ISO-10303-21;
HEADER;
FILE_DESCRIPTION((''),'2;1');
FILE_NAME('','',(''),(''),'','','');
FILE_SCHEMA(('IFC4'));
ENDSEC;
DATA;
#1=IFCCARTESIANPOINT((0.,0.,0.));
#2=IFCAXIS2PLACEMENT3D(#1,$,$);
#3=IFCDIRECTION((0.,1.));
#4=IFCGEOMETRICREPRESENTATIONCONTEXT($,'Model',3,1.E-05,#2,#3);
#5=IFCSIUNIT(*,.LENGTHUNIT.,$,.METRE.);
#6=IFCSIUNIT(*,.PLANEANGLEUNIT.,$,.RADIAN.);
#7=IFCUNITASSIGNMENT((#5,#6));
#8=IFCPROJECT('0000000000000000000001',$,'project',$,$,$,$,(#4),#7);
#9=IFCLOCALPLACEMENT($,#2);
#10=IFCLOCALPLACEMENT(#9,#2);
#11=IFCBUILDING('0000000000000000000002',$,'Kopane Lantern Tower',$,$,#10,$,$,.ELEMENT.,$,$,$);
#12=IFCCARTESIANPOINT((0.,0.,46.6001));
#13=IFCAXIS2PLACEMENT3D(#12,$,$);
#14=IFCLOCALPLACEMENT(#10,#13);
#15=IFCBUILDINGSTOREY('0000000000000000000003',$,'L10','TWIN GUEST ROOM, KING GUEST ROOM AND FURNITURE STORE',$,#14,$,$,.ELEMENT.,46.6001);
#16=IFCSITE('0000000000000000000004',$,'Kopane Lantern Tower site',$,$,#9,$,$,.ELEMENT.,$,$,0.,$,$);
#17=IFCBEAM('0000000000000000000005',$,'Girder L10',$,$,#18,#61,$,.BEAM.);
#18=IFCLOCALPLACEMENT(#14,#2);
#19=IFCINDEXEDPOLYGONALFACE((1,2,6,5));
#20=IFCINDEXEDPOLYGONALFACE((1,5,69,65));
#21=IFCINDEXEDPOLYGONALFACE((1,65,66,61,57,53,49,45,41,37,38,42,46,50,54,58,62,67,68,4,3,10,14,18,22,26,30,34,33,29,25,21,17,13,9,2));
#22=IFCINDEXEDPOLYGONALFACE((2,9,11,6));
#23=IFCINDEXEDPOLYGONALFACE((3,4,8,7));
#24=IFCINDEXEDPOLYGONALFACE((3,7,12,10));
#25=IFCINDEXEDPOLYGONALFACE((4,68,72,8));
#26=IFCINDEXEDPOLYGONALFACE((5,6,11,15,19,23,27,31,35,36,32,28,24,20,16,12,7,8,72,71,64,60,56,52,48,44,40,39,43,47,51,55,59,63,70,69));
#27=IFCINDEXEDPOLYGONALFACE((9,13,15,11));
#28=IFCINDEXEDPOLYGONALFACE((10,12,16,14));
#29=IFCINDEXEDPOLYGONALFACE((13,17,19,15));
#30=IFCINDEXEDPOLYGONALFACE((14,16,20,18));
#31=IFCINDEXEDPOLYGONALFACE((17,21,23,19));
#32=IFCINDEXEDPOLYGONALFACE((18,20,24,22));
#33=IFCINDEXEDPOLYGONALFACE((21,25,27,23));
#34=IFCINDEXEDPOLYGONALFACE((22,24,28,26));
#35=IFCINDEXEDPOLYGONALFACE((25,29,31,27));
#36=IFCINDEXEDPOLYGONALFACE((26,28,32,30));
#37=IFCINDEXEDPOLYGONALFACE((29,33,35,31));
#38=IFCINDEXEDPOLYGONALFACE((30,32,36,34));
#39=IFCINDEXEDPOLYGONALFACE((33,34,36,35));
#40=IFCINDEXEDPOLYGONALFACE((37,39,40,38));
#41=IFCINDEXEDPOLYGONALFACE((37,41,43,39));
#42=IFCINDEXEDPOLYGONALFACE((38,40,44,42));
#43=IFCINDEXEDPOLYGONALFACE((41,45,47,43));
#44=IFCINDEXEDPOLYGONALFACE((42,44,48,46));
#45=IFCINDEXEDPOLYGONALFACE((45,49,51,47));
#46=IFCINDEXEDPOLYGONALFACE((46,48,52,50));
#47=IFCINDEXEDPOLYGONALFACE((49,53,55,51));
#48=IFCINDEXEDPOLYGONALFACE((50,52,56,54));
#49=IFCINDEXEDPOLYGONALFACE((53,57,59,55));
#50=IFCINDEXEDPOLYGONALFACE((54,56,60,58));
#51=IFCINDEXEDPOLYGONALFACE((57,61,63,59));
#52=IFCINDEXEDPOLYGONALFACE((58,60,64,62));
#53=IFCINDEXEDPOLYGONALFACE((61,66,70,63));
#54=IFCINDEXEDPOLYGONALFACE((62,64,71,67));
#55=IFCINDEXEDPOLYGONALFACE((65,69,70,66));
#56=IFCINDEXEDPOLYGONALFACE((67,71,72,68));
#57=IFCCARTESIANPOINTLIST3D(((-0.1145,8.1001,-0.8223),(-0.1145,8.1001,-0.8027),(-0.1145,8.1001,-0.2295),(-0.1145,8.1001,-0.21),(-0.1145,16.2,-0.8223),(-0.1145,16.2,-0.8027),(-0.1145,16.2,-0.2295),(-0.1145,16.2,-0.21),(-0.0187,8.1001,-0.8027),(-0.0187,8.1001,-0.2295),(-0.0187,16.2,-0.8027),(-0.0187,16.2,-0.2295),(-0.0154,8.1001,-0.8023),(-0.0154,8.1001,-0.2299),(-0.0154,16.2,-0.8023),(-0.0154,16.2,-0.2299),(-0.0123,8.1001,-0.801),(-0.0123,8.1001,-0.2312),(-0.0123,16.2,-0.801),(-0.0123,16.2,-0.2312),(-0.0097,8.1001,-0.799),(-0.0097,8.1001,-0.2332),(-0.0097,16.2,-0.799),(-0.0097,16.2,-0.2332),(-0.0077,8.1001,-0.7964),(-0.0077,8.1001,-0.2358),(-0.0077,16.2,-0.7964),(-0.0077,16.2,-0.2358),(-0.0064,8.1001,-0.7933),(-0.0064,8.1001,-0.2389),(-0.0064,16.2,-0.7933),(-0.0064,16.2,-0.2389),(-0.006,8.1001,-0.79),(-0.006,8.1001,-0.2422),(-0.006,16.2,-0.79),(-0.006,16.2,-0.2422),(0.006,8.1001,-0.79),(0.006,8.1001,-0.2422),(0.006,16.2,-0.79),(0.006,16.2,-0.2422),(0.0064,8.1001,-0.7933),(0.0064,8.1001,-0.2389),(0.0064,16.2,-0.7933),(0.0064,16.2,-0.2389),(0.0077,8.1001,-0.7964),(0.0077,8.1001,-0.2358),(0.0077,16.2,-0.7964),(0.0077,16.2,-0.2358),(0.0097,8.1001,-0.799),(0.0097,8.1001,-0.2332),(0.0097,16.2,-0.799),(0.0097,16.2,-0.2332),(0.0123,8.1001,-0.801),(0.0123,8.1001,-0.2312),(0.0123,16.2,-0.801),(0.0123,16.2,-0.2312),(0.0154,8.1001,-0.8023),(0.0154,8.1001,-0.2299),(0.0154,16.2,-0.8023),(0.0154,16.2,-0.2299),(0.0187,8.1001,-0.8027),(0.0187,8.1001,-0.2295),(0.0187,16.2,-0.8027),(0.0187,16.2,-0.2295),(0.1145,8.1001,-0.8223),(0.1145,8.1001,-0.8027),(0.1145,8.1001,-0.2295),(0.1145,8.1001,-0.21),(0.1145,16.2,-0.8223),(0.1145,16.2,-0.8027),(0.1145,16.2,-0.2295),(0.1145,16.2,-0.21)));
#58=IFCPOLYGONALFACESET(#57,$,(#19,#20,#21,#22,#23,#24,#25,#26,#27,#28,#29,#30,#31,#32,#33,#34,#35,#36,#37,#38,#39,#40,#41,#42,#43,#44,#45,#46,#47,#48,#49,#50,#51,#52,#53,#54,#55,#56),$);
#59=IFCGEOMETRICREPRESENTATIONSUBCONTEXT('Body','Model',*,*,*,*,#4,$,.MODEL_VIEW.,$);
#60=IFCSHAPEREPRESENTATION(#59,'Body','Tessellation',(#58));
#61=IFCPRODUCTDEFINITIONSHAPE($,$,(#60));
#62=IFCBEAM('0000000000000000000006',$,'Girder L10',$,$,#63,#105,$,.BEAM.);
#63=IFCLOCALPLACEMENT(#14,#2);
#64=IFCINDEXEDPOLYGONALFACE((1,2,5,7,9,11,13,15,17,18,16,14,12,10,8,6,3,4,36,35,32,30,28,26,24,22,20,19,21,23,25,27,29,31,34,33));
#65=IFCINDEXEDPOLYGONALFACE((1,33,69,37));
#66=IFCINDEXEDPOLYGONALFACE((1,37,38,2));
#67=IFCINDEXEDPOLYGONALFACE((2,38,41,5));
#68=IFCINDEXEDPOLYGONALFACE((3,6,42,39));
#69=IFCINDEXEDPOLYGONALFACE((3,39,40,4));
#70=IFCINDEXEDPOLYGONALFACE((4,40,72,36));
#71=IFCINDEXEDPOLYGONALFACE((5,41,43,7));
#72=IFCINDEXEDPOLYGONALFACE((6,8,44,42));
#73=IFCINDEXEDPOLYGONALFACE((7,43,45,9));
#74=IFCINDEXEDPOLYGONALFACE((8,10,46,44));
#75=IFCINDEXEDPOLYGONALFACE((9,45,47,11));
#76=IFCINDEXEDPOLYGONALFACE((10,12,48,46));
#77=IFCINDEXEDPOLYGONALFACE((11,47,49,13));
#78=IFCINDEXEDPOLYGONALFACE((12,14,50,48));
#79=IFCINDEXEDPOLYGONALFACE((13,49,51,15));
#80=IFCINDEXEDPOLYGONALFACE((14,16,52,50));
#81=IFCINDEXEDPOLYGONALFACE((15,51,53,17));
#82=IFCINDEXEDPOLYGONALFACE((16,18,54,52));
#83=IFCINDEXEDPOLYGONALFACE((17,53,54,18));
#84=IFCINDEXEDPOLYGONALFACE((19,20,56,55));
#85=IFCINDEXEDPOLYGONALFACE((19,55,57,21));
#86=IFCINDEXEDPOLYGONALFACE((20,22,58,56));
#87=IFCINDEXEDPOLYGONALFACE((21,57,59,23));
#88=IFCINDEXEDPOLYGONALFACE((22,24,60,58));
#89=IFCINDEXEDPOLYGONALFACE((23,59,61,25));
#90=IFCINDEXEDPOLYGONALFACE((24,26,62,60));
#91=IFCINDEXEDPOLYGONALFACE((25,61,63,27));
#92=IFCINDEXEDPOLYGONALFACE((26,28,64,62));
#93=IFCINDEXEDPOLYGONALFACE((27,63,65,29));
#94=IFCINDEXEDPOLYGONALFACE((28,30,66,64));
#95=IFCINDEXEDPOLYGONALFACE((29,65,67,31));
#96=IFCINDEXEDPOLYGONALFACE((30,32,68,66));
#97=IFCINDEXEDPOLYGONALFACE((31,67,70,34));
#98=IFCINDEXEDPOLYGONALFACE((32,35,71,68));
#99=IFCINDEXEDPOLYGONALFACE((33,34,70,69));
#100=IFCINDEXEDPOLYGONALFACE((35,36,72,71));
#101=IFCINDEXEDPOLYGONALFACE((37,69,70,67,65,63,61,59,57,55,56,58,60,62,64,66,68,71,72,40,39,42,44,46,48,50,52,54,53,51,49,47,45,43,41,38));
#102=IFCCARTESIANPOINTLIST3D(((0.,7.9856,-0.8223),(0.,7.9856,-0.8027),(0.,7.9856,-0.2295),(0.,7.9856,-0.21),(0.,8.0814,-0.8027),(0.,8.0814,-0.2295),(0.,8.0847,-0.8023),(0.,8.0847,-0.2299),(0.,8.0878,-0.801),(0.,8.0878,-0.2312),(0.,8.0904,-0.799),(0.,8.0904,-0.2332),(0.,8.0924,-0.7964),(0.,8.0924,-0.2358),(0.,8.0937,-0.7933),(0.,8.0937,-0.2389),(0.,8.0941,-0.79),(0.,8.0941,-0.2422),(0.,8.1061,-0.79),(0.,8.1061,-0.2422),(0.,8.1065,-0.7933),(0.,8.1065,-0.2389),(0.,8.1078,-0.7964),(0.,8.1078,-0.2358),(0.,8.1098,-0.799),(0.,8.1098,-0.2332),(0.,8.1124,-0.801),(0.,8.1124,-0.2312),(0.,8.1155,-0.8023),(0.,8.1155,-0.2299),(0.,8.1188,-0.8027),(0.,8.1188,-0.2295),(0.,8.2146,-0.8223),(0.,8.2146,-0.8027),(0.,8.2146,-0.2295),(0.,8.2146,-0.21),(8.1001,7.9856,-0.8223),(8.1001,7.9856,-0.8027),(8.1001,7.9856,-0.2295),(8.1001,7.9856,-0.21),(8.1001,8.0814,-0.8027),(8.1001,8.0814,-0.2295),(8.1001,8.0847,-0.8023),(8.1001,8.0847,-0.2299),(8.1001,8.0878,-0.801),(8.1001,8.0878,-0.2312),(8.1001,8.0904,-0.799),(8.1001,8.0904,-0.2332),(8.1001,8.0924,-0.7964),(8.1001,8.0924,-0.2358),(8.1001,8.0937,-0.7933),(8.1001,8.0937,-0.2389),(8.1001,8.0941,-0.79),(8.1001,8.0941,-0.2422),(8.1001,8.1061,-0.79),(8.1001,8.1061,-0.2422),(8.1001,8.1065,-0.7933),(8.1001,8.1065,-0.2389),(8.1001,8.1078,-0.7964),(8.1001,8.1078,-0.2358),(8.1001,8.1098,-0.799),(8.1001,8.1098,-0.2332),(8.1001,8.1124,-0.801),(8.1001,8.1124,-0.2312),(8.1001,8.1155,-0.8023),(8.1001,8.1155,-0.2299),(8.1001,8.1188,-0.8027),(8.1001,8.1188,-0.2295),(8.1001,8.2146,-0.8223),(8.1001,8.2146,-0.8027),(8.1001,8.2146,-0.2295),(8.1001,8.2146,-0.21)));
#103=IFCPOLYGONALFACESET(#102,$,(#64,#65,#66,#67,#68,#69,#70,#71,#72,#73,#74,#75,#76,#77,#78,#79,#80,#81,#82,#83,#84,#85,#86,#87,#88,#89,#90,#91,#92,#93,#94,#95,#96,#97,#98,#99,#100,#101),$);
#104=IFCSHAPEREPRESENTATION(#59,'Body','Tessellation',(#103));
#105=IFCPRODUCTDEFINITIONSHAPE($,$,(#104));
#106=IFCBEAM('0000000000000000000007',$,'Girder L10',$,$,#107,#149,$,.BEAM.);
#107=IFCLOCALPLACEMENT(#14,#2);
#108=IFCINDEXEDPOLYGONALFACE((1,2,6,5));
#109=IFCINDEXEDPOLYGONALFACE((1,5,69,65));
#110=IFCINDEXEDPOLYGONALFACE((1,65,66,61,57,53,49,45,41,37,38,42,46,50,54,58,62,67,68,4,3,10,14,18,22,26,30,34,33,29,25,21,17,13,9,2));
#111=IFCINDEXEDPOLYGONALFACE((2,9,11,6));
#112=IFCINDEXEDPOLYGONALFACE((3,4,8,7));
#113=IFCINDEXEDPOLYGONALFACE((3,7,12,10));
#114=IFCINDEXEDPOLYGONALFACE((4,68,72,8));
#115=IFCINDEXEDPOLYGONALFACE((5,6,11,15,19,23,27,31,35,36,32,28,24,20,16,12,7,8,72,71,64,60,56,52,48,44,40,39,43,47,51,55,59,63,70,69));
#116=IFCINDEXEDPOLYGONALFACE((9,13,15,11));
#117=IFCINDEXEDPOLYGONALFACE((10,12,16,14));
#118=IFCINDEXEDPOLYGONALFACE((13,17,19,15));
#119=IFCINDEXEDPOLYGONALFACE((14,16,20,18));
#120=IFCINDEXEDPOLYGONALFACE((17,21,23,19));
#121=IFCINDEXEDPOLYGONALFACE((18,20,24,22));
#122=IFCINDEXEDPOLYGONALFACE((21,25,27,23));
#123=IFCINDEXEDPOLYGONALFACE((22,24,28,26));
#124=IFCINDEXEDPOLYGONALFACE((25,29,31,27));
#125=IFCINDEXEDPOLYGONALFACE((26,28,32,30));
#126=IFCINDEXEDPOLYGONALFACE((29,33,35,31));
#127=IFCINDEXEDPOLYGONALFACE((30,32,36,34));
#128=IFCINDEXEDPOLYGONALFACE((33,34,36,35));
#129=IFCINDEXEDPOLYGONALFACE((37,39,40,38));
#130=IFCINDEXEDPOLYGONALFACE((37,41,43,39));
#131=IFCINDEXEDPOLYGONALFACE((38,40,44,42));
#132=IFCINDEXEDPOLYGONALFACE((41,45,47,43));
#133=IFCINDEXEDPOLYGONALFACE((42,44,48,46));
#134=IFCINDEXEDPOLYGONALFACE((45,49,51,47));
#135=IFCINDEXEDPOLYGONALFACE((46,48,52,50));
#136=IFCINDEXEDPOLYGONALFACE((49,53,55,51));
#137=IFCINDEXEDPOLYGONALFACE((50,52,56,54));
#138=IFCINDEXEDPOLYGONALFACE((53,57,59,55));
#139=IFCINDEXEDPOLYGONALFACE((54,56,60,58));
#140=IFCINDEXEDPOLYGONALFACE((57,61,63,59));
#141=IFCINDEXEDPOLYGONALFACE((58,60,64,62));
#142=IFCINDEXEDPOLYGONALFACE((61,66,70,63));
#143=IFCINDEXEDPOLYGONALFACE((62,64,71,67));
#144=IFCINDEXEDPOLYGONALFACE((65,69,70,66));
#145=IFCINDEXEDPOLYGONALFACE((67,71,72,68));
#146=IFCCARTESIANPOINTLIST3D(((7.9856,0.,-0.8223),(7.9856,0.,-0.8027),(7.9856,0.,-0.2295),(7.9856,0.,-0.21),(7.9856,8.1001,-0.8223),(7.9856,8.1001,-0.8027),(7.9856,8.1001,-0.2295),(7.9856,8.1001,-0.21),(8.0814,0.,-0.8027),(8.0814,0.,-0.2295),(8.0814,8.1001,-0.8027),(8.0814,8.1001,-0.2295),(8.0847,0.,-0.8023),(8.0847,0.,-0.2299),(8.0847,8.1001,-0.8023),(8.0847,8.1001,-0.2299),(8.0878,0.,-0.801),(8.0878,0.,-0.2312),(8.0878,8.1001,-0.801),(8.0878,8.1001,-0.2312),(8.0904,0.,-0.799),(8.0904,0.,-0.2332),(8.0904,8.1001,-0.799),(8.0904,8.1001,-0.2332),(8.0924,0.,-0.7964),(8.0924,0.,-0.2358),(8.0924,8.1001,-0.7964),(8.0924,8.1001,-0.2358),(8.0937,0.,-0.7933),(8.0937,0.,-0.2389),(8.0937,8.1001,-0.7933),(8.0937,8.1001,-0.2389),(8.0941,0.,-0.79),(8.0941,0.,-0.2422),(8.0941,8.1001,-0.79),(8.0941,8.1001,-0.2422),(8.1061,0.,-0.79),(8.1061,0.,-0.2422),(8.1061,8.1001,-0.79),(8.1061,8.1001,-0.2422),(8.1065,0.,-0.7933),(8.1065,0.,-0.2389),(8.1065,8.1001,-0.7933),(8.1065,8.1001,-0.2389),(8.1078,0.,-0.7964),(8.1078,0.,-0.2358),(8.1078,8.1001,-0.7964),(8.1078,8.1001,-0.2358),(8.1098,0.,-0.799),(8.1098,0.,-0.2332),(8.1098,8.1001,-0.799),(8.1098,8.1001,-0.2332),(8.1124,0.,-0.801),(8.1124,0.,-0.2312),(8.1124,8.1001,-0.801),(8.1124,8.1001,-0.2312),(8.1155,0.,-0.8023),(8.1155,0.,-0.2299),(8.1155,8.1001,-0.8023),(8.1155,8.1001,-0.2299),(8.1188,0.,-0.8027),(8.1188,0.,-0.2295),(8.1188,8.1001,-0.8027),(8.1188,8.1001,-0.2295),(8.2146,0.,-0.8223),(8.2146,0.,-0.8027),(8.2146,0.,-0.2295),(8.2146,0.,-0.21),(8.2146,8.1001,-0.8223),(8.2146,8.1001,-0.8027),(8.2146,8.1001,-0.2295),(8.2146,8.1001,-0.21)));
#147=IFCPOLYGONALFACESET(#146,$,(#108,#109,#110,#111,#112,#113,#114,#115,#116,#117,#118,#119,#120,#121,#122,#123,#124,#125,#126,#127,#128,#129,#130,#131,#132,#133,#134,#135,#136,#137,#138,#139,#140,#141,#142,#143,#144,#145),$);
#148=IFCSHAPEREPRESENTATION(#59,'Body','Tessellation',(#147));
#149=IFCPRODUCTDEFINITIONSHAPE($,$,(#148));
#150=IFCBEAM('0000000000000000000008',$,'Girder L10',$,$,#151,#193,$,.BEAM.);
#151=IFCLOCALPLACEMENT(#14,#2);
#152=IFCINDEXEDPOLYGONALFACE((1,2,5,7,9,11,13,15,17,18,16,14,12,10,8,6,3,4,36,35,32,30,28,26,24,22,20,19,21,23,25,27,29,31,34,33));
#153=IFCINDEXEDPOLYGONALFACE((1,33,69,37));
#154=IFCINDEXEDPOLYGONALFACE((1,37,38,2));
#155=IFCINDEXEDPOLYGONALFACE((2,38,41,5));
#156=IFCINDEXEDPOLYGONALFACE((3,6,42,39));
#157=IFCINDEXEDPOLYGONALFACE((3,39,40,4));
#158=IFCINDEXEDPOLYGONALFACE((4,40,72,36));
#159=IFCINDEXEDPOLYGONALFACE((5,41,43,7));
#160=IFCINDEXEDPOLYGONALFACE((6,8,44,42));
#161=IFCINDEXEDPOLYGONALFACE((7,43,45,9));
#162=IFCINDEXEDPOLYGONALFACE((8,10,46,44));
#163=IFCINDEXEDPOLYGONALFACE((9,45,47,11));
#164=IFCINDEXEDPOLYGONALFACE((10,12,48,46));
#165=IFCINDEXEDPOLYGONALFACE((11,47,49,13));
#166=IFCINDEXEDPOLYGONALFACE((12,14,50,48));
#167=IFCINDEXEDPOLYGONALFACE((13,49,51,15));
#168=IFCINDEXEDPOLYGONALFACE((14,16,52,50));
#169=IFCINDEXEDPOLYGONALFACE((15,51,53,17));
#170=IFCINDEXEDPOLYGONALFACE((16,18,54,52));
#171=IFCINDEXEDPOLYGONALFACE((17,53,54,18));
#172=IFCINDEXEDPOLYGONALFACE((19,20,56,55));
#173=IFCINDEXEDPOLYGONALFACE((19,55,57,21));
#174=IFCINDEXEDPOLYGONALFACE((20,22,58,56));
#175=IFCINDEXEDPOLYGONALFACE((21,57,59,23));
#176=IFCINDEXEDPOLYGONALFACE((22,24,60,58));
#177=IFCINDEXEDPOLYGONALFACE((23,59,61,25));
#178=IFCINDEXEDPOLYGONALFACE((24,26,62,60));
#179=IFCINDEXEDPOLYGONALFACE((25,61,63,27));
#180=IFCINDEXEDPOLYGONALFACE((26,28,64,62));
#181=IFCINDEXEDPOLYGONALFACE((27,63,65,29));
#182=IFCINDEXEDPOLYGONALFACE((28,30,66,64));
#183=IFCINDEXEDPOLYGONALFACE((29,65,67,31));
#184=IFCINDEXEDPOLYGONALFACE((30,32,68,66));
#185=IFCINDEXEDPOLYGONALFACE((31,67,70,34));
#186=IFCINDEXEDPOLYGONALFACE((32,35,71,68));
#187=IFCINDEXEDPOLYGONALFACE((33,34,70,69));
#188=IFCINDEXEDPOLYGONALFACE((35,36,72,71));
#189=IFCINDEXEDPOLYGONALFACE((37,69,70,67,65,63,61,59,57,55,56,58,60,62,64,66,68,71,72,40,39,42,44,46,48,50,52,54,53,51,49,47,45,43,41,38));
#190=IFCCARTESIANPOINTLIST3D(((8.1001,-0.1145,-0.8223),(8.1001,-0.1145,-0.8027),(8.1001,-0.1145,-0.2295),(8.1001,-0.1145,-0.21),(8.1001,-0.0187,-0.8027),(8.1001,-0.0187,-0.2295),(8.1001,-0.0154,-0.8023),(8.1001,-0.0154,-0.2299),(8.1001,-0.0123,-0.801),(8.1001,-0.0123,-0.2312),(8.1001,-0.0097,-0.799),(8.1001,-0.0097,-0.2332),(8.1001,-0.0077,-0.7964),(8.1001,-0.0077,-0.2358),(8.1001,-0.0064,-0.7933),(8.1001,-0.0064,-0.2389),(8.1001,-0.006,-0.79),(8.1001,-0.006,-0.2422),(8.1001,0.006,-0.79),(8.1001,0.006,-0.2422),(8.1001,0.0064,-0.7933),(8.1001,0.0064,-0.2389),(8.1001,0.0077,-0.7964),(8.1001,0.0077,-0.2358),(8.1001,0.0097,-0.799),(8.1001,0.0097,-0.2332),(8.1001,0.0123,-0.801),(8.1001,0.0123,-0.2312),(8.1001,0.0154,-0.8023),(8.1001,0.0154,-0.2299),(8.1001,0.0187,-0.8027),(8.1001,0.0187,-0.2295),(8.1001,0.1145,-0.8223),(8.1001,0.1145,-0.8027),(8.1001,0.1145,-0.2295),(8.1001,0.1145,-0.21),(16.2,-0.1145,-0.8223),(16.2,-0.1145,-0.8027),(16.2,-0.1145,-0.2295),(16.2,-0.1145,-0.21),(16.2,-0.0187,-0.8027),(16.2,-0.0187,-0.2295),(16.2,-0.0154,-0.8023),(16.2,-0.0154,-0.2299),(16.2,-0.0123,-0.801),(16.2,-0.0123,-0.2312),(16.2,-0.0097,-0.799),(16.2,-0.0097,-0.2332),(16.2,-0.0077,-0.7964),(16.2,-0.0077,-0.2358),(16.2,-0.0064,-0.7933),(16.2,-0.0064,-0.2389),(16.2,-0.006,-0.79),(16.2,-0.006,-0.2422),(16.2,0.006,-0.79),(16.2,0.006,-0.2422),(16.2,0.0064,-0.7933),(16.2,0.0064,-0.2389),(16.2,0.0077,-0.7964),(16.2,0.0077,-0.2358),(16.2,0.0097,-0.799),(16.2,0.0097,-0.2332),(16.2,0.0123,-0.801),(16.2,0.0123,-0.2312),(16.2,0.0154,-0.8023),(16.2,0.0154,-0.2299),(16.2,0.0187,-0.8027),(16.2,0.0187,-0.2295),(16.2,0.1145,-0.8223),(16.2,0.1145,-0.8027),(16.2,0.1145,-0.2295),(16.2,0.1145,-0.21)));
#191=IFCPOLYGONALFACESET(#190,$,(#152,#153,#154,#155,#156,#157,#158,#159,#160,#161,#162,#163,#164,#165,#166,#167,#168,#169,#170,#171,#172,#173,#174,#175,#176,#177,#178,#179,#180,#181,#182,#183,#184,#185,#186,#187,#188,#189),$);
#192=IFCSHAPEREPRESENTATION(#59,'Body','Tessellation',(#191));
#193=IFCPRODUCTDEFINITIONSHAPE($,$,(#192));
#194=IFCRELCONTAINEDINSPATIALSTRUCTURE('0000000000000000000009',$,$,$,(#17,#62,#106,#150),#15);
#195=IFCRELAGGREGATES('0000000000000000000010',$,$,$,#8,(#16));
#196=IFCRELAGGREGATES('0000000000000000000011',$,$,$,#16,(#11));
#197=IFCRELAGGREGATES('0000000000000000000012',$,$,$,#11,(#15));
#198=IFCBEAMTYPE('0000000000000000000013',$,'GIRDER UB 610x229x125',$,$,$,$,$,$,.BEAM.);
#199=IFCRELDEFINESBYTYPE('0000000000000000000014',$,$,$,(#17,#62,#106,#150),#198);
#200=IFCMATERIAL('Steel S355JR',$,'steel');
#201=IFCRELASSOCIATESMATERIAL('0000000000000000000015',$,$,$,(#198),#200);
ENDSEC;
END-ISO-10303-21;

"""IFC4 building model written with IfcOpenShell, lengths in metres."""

from ifc_helpers import new_model, si_unit, direction, frame, origin, origin_2d, place, context, subcontext, project, spatial, i_section, extrude, material, material_profile, profile_set, type_object, element, save


model = new_model("IFC4")

# Units and contexts
model_context = context("Model", 3, precision=1e-05, world=origin(), true_north=direction((0.0, 1.0)))
body_context = subcontext(model_context, "Body", "Model", "MODEL_VIEW")
ifc_project = project(units=[si_unit("LENGTHUNIT", "METRE"), si_unit("PLANEANGLEUNIT", "RADIAN")], contexts=[model_context])

# Site, building, storey
site_placement = place(None, origin())
site = spatial("IfcSite", under=ifc_project, at=site_placement, Name="Kopane Lantern Tower site", CompositionType="ELEMENT", RefElevation=0.0)
building_placement = place(site_placement, origin())
building = spatial("IfcBuilding", under=site, at=building_placement, Name="Kopane Lantern Tower", CompositionType="ELEMENT")
storey_placement = place(building_placement, frame((0.0, 0.0, 46.6001)))
storey = spatial("IfcBuildingStorey", under=building, at=storey_placement, Name="L10", Description="TWIN GUEST ROOM, KING GUEST ROOM AND FURNITURE STORE", CompositionType="ELEMENT", Elevation=46.6001)

# Beams
ifc_material_1 = material(Name="Steel S355JR", Category="steel")
ifc_material_profile_1 = material_profile(ifc_material_1, i_section(OverallWidth=0.229, OverallDepth=0.6123, WebThickness=0.012, FlangeThickness=0.0195, FilletRadius=0.0127, at=origin_2d()), Name="UB 610x229x125")
ifc_profile_set_1 = profile_set([ifc_material_profile_1], Name="Steel S355JR")
beam_type_1 = type_object("IfcBeamType", Name="GIRDER UB 610x229x125", PredefinedType="BEAM", material=ifc_profile_set_1)
beam_1_placement = place(storey_placement, frame((0.0, 8.1001, -0.5161), z_axis=(0.0, 1.0, 0.0), x_axis=(-1.0, 0.0, 0.0)))
element("IfcBeam", 1, at=beam_1_placement, inside=storey, type_object=beam_type_1, Name="Girder L10", PredefinedType="BEAM", context=body_context, shape_type="SweptSolid", body=[
    extrude(i_section(OverallWidth=0.229, OverallDepth=0.6123, WebThickness=0.012, FlangeThickness=0.0195, FilletRadius=0.0127, at=origin_2d()), origin(), (0.0, 0.0, 1.0), 8.0999),
])
for number, where, z_axis, x_axis, name in (
    (2, (0.0, 8.1001, -0.5161), (1.0, 0.0, 0.0), (0.0, 1.0, 0.0), "Girder L10"),
    (3, (8.1001, 0.0, -0.5161), (0.0, 1.0, 0.0), (-1.0, 0.0, 0.0), "Girder L10"),
):
    element("IfcBeam", number, at=place(storey_placement, frame(where, z_axis=z_axis, x_axis=x_axis)), inside=storey, type_object=beam_type_1, Name=name, PredefinedType="BEAM", context=body_context, shape_type="SweptSolid", body=[
        extrude(i_section(OverallWidth=0.229, OverallDepth=0.6123, WebThickness=0.012, FlangeThickness=0.0195, FilletRadius=0.0127, at=origin_2d()), origin(), (0.0, 0.0, 1.0), 8.1001),
    ])
for number, where, z_axis, x_axis, name in (
    (4, (8.1001, 0.0, -0.5161), (1.0, 0.0, 0.0), (0.0, 1.0, 0.0), "Girder L10"),
):
    element("IfcBeam", number, at=place(storey_placement, frame(where, z_axis=z_axis, x_axis=x_axis)), inside=storey, type_object=beam_type_1, Name=name, PredefinedType="BEAM", context=body_context, shape_type="SweptSolid", body=[
        extrude(i_section(OverallWidth=0.229, OverallDepth=0.6123, WebThickness=0.012, FlangeThickness=0.0195, FilletRadius=0.0127, at=origin_2d()), origin(), (0.0, 0.0, 1.0), 8.0999),
    ])

save(model, "model.ifc")
